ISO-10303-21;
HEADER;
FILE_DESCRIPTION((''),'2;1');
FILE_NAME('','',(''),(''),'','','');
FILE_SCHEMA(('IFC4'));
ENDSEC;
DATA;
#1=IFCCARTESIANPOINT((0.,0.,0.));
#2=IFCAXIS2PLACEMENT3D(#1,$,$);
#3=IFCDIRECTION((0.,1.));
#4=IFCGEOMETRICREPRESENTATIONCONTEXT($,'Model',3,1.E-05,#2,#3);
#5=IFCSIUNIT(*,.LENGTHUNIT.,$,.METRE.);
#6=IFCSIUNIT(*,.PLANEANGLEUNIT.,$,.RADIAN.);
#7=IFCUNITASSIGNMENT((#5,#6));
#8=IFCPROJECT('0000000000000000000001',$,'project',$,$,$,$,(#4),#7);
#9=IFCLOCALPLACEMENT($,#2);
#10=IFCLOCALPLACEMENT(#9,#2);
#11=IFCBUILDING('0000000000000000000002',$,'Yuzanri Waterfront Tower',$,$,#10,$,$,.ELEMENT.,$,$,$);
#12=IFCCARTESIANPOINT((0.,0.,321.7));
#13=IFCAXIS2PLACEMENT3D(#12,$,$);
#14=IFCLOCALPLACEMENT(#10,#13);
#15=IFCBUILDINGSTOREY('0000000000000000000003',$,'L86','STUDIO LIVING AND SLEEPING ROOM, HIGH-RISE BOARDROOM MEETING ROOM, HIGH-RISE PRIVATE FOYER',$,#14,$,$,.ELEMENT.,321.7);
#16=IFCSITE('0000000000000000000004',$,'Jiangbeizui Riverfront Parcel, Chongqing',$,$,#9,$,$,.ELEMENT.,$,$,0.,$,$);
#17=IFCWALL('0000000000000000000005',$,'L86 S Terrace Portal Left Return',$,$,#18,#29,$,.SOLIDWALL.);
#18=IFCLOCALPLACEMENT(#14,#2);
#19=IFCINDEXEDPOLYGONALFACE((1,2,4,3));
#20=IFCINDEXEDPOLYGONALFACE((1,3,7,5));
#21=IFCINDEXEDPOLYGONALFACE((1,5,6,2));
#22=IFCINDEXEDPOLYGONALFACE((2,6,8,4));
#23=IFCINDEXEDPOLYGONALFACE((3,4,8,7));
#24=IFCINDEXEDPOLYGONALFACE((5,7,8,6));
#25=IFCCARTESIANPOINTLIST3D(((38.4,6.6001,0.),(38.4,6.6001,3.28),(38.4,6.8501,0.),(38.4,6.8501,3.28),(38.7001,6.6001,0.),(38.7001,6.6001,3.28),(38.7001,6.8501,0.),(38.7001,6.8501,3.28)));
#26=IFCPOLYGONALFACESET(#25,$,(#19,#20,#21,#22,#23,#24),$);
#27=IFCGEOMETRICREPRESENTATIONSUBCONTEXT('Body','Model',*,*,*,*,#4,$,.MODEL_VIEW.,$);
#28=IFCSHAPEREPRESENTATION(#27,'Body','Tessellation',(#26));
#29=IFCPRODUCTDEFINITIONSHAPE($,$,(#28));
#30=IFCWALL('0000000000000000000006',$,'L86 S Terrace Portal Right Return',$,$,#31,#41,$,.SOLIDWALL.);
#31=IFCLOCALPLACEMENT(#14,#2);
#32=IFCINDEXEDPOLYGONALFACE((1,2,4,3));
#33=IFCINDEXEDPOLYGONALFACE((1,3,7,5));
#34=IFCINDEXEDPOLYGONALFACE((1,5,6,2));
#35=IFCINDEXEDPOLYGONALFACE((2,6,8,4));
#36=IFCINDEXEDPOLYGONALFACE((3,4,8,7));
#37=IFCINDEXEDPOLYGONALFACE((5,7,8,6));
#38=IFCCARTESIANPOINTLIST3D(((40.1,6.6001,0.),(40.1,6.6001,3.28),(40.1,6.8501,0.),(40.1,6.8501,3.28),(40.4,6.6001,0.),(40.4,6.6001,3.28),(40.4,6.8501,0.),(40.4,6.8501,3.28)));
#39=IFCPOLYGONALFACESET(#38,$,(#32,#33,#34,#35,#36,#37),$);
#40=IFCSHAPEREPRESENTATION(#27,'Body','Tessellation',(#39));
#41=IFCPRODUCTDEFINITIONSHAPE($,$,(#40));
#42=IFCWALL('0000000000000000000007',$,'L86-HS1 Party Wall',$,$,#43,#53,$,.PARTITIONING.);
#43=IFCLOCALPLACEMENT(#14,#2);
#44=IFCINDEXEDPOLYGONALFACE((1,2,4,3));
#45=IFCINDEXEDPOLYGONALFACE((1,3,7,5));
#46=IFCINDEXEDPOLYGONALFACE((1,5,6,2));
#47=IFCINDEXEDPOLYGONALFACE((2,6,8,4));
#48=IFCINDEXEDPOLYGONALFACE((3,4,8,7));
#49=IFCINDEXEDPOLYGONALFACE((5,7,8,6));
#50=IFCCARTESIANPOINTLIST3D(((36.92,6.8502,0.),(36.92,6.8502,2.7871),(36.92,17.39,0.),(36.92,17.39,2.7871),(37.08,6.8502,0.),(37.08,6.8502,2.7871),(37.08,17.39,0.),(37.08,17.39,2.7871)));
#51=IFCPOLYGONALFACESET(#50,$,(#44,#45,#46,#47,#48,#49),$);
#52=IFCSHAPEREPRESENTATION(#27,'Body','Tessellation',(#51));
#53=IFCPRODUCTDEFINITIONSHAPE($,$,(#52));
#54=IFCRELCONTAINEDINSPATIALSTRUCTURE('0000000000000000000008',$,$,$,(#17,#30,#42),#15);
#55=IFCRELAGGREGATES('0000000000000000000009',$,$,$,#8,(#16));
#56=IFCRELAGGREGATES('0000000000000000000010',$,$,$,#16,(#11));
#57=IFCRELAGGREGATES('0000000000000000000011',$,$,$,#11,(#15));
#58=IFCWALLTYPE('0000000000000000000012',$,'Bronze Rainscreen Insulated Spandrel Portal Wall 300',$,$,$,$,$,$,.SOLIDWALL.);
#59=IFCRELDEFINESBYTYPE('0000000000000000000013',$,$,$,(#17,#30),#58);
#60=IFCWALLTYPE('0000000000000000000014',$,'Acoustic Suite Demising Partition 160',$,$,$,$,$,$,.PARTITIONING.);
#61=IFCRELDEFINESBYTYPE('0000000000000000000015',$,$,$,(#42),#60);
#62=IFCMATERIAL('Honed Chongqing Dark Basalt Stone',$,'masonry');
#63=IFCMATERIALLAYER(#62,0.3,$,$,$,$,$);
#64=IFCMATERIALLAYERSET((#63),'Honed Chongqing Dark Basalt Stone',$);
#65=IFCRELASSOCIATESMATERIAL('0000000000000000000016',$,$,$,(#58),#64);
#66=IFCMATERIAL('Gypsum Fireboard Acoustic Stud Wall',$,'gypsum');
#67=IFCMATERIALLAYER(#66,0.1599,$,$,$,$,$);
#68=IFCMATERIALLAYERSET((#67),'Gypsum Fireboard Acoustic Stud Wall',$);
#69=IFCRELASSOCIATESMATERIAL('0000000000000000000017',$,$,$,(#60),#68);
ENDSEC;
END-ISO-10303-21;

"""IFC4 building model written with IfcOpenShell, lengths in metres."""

from ifc_helpers import new_model, si_unit, direction, frame, frame_2d, origin, place, context, subcontext, project, spatial, rectangle, extrude, source, transform, mapped, material, layer, layer_set, type_object, element, save


model = new_model("IFC4")

# Units and contexts
model_context = context("Model", 3, precision=1e-05, world=origin(), true_north=direction((0.0, 1.0)))
body_context = subcontext(model_context, "Body", "Model", "MODEL_VIEW")
ifc_project = project(units=[si_unit("LENGTHUNIT", "METRE"), si_unit("PLANEANGLEUNIT", "RADIAN")], contexts=[model_context])

# Site, building, storey
site_placement = place(None, origin())
site = spatial("IfcSite", under=ifc_project, at=site_placement, Name="Jiangbeizui Riverfront Parcel, Chongqing", CompositionType="ELEMENT", RefElevation=0.0)
building_placement = place(site_placement, origin())
building = spatial("IfcBuilding", under=site, at=building_placement, Name="Yuzanri Waterfront Tower", CompositionType="ELEMENT")
storey_placement = place(building_placement, frame((0.0, 0.0, 321.7)))
storey = spatial("IfcBuildingStorey", under=building, at=storey_placement, Name="L86", Description="STUDIO LIVING AND SLEEPING ROOM, HIGH-RISE BOARDROOM MEETING ROOM, HIGH-RISE PRIVATE FOYER", CompositionType="ELEMENT", Elevation=321.7)

# Shared definitions
ifc_material_1 = material(Name="Honed Chongqing Dark Basalt Stone", Category="masonry")
ifc_layer_1 = layer(ifc_material_1, 0.3)
ifc_layer_set_1 = layer_set([ifc_layer_1], Name="Honed Chongqing Dark Basalt Stone")
wall_type_1 = type_object("IfcWallType", Name="Bronze Rainscreen Insulated Spandrel Portal Wall 300", PredefinedType="SOLIDWALL", material=ifc_layer_set_1)

# Walls
shared_shape_1 = source(origin(), body_context, "Body", "SweptSolid", [
    extrude(rectangle(XDim=0.25, YDim=0.3, at=frame_2d((0.125, 0.0))), origin(), (0.0, 0.0, 1.0), 3.28),
])
for number, where, z_axis, x_axis, name in (
    (1, (38.55, 6.8501, 0.0), (0.0, 0.0, 1.0), (0.0, -1.0, 0.0), "L86 S Terrace Portal Left Return"),
    (2, (40.25, 6.6001, 0.0), (0.0, 0.0, 1.0), (0.0, 1.0, 0.0), "L86 S Terrace Portal Right Return"),
):
    element("IfcWall", number, at=place(storey_placement, frame(where, z_axis=z_axis, x_axis=x_axis)), inside=storey, type_object=wall_type_1, Name=name, PredefinedType="SOLIDWALL", context=body_context, shape_type="MappedRepresentation", body=[
        mapped(shared_shape_1, transform((0.0, 0.0, 0.0), scale=1.0)),
    ])
ifc_material_2 = material(Name="Gypsum Fireboard Acoustic Stud Wall", Category="gypsum")
ifc_layer_2 = layer(ifc_material_2, 0.1599)
ifc_layer_set_2 = layer_set([ifc_layer_2], Name="Gypsum Fireboard Acoustic Stud Wall")
wall_type_2 = type_object("IfcWallType", Name="Acoustic Suite Demising Partition 160", PredefinedType="PARTITIONING", material=ifc_layer_set_2)
shared_shape_2 = source(origin(), body_context, "Body", "SweptSolid", [
    extrude(rectangle(XDim=10.5398, YDim=0.1599, at=frame_2d((5.27, 0.0))), origin(), (0.0, 0.0, 1.0), 2.7871),
])
wall_1_placement = place(storey_placement, frame((37.0, 6.8501, 0.0), z_axis=(0.0, 0.0, 1.0), x_axis=(0.0, 1.0, 0.0)))
element("IfcWall", 3, at=wall_1_placement, inside=storey, type_object=wall_type_2, Name="L86-HS1 Party Wall", PredefinedType="PARTITIONING", context=body_context, shape_type="MappedRepresentation", body=[
    mapped(shared_shape_2, transform((0.0, 0.0, 0.0), scale=1.0)),
])

save(model, "model.ifc")
